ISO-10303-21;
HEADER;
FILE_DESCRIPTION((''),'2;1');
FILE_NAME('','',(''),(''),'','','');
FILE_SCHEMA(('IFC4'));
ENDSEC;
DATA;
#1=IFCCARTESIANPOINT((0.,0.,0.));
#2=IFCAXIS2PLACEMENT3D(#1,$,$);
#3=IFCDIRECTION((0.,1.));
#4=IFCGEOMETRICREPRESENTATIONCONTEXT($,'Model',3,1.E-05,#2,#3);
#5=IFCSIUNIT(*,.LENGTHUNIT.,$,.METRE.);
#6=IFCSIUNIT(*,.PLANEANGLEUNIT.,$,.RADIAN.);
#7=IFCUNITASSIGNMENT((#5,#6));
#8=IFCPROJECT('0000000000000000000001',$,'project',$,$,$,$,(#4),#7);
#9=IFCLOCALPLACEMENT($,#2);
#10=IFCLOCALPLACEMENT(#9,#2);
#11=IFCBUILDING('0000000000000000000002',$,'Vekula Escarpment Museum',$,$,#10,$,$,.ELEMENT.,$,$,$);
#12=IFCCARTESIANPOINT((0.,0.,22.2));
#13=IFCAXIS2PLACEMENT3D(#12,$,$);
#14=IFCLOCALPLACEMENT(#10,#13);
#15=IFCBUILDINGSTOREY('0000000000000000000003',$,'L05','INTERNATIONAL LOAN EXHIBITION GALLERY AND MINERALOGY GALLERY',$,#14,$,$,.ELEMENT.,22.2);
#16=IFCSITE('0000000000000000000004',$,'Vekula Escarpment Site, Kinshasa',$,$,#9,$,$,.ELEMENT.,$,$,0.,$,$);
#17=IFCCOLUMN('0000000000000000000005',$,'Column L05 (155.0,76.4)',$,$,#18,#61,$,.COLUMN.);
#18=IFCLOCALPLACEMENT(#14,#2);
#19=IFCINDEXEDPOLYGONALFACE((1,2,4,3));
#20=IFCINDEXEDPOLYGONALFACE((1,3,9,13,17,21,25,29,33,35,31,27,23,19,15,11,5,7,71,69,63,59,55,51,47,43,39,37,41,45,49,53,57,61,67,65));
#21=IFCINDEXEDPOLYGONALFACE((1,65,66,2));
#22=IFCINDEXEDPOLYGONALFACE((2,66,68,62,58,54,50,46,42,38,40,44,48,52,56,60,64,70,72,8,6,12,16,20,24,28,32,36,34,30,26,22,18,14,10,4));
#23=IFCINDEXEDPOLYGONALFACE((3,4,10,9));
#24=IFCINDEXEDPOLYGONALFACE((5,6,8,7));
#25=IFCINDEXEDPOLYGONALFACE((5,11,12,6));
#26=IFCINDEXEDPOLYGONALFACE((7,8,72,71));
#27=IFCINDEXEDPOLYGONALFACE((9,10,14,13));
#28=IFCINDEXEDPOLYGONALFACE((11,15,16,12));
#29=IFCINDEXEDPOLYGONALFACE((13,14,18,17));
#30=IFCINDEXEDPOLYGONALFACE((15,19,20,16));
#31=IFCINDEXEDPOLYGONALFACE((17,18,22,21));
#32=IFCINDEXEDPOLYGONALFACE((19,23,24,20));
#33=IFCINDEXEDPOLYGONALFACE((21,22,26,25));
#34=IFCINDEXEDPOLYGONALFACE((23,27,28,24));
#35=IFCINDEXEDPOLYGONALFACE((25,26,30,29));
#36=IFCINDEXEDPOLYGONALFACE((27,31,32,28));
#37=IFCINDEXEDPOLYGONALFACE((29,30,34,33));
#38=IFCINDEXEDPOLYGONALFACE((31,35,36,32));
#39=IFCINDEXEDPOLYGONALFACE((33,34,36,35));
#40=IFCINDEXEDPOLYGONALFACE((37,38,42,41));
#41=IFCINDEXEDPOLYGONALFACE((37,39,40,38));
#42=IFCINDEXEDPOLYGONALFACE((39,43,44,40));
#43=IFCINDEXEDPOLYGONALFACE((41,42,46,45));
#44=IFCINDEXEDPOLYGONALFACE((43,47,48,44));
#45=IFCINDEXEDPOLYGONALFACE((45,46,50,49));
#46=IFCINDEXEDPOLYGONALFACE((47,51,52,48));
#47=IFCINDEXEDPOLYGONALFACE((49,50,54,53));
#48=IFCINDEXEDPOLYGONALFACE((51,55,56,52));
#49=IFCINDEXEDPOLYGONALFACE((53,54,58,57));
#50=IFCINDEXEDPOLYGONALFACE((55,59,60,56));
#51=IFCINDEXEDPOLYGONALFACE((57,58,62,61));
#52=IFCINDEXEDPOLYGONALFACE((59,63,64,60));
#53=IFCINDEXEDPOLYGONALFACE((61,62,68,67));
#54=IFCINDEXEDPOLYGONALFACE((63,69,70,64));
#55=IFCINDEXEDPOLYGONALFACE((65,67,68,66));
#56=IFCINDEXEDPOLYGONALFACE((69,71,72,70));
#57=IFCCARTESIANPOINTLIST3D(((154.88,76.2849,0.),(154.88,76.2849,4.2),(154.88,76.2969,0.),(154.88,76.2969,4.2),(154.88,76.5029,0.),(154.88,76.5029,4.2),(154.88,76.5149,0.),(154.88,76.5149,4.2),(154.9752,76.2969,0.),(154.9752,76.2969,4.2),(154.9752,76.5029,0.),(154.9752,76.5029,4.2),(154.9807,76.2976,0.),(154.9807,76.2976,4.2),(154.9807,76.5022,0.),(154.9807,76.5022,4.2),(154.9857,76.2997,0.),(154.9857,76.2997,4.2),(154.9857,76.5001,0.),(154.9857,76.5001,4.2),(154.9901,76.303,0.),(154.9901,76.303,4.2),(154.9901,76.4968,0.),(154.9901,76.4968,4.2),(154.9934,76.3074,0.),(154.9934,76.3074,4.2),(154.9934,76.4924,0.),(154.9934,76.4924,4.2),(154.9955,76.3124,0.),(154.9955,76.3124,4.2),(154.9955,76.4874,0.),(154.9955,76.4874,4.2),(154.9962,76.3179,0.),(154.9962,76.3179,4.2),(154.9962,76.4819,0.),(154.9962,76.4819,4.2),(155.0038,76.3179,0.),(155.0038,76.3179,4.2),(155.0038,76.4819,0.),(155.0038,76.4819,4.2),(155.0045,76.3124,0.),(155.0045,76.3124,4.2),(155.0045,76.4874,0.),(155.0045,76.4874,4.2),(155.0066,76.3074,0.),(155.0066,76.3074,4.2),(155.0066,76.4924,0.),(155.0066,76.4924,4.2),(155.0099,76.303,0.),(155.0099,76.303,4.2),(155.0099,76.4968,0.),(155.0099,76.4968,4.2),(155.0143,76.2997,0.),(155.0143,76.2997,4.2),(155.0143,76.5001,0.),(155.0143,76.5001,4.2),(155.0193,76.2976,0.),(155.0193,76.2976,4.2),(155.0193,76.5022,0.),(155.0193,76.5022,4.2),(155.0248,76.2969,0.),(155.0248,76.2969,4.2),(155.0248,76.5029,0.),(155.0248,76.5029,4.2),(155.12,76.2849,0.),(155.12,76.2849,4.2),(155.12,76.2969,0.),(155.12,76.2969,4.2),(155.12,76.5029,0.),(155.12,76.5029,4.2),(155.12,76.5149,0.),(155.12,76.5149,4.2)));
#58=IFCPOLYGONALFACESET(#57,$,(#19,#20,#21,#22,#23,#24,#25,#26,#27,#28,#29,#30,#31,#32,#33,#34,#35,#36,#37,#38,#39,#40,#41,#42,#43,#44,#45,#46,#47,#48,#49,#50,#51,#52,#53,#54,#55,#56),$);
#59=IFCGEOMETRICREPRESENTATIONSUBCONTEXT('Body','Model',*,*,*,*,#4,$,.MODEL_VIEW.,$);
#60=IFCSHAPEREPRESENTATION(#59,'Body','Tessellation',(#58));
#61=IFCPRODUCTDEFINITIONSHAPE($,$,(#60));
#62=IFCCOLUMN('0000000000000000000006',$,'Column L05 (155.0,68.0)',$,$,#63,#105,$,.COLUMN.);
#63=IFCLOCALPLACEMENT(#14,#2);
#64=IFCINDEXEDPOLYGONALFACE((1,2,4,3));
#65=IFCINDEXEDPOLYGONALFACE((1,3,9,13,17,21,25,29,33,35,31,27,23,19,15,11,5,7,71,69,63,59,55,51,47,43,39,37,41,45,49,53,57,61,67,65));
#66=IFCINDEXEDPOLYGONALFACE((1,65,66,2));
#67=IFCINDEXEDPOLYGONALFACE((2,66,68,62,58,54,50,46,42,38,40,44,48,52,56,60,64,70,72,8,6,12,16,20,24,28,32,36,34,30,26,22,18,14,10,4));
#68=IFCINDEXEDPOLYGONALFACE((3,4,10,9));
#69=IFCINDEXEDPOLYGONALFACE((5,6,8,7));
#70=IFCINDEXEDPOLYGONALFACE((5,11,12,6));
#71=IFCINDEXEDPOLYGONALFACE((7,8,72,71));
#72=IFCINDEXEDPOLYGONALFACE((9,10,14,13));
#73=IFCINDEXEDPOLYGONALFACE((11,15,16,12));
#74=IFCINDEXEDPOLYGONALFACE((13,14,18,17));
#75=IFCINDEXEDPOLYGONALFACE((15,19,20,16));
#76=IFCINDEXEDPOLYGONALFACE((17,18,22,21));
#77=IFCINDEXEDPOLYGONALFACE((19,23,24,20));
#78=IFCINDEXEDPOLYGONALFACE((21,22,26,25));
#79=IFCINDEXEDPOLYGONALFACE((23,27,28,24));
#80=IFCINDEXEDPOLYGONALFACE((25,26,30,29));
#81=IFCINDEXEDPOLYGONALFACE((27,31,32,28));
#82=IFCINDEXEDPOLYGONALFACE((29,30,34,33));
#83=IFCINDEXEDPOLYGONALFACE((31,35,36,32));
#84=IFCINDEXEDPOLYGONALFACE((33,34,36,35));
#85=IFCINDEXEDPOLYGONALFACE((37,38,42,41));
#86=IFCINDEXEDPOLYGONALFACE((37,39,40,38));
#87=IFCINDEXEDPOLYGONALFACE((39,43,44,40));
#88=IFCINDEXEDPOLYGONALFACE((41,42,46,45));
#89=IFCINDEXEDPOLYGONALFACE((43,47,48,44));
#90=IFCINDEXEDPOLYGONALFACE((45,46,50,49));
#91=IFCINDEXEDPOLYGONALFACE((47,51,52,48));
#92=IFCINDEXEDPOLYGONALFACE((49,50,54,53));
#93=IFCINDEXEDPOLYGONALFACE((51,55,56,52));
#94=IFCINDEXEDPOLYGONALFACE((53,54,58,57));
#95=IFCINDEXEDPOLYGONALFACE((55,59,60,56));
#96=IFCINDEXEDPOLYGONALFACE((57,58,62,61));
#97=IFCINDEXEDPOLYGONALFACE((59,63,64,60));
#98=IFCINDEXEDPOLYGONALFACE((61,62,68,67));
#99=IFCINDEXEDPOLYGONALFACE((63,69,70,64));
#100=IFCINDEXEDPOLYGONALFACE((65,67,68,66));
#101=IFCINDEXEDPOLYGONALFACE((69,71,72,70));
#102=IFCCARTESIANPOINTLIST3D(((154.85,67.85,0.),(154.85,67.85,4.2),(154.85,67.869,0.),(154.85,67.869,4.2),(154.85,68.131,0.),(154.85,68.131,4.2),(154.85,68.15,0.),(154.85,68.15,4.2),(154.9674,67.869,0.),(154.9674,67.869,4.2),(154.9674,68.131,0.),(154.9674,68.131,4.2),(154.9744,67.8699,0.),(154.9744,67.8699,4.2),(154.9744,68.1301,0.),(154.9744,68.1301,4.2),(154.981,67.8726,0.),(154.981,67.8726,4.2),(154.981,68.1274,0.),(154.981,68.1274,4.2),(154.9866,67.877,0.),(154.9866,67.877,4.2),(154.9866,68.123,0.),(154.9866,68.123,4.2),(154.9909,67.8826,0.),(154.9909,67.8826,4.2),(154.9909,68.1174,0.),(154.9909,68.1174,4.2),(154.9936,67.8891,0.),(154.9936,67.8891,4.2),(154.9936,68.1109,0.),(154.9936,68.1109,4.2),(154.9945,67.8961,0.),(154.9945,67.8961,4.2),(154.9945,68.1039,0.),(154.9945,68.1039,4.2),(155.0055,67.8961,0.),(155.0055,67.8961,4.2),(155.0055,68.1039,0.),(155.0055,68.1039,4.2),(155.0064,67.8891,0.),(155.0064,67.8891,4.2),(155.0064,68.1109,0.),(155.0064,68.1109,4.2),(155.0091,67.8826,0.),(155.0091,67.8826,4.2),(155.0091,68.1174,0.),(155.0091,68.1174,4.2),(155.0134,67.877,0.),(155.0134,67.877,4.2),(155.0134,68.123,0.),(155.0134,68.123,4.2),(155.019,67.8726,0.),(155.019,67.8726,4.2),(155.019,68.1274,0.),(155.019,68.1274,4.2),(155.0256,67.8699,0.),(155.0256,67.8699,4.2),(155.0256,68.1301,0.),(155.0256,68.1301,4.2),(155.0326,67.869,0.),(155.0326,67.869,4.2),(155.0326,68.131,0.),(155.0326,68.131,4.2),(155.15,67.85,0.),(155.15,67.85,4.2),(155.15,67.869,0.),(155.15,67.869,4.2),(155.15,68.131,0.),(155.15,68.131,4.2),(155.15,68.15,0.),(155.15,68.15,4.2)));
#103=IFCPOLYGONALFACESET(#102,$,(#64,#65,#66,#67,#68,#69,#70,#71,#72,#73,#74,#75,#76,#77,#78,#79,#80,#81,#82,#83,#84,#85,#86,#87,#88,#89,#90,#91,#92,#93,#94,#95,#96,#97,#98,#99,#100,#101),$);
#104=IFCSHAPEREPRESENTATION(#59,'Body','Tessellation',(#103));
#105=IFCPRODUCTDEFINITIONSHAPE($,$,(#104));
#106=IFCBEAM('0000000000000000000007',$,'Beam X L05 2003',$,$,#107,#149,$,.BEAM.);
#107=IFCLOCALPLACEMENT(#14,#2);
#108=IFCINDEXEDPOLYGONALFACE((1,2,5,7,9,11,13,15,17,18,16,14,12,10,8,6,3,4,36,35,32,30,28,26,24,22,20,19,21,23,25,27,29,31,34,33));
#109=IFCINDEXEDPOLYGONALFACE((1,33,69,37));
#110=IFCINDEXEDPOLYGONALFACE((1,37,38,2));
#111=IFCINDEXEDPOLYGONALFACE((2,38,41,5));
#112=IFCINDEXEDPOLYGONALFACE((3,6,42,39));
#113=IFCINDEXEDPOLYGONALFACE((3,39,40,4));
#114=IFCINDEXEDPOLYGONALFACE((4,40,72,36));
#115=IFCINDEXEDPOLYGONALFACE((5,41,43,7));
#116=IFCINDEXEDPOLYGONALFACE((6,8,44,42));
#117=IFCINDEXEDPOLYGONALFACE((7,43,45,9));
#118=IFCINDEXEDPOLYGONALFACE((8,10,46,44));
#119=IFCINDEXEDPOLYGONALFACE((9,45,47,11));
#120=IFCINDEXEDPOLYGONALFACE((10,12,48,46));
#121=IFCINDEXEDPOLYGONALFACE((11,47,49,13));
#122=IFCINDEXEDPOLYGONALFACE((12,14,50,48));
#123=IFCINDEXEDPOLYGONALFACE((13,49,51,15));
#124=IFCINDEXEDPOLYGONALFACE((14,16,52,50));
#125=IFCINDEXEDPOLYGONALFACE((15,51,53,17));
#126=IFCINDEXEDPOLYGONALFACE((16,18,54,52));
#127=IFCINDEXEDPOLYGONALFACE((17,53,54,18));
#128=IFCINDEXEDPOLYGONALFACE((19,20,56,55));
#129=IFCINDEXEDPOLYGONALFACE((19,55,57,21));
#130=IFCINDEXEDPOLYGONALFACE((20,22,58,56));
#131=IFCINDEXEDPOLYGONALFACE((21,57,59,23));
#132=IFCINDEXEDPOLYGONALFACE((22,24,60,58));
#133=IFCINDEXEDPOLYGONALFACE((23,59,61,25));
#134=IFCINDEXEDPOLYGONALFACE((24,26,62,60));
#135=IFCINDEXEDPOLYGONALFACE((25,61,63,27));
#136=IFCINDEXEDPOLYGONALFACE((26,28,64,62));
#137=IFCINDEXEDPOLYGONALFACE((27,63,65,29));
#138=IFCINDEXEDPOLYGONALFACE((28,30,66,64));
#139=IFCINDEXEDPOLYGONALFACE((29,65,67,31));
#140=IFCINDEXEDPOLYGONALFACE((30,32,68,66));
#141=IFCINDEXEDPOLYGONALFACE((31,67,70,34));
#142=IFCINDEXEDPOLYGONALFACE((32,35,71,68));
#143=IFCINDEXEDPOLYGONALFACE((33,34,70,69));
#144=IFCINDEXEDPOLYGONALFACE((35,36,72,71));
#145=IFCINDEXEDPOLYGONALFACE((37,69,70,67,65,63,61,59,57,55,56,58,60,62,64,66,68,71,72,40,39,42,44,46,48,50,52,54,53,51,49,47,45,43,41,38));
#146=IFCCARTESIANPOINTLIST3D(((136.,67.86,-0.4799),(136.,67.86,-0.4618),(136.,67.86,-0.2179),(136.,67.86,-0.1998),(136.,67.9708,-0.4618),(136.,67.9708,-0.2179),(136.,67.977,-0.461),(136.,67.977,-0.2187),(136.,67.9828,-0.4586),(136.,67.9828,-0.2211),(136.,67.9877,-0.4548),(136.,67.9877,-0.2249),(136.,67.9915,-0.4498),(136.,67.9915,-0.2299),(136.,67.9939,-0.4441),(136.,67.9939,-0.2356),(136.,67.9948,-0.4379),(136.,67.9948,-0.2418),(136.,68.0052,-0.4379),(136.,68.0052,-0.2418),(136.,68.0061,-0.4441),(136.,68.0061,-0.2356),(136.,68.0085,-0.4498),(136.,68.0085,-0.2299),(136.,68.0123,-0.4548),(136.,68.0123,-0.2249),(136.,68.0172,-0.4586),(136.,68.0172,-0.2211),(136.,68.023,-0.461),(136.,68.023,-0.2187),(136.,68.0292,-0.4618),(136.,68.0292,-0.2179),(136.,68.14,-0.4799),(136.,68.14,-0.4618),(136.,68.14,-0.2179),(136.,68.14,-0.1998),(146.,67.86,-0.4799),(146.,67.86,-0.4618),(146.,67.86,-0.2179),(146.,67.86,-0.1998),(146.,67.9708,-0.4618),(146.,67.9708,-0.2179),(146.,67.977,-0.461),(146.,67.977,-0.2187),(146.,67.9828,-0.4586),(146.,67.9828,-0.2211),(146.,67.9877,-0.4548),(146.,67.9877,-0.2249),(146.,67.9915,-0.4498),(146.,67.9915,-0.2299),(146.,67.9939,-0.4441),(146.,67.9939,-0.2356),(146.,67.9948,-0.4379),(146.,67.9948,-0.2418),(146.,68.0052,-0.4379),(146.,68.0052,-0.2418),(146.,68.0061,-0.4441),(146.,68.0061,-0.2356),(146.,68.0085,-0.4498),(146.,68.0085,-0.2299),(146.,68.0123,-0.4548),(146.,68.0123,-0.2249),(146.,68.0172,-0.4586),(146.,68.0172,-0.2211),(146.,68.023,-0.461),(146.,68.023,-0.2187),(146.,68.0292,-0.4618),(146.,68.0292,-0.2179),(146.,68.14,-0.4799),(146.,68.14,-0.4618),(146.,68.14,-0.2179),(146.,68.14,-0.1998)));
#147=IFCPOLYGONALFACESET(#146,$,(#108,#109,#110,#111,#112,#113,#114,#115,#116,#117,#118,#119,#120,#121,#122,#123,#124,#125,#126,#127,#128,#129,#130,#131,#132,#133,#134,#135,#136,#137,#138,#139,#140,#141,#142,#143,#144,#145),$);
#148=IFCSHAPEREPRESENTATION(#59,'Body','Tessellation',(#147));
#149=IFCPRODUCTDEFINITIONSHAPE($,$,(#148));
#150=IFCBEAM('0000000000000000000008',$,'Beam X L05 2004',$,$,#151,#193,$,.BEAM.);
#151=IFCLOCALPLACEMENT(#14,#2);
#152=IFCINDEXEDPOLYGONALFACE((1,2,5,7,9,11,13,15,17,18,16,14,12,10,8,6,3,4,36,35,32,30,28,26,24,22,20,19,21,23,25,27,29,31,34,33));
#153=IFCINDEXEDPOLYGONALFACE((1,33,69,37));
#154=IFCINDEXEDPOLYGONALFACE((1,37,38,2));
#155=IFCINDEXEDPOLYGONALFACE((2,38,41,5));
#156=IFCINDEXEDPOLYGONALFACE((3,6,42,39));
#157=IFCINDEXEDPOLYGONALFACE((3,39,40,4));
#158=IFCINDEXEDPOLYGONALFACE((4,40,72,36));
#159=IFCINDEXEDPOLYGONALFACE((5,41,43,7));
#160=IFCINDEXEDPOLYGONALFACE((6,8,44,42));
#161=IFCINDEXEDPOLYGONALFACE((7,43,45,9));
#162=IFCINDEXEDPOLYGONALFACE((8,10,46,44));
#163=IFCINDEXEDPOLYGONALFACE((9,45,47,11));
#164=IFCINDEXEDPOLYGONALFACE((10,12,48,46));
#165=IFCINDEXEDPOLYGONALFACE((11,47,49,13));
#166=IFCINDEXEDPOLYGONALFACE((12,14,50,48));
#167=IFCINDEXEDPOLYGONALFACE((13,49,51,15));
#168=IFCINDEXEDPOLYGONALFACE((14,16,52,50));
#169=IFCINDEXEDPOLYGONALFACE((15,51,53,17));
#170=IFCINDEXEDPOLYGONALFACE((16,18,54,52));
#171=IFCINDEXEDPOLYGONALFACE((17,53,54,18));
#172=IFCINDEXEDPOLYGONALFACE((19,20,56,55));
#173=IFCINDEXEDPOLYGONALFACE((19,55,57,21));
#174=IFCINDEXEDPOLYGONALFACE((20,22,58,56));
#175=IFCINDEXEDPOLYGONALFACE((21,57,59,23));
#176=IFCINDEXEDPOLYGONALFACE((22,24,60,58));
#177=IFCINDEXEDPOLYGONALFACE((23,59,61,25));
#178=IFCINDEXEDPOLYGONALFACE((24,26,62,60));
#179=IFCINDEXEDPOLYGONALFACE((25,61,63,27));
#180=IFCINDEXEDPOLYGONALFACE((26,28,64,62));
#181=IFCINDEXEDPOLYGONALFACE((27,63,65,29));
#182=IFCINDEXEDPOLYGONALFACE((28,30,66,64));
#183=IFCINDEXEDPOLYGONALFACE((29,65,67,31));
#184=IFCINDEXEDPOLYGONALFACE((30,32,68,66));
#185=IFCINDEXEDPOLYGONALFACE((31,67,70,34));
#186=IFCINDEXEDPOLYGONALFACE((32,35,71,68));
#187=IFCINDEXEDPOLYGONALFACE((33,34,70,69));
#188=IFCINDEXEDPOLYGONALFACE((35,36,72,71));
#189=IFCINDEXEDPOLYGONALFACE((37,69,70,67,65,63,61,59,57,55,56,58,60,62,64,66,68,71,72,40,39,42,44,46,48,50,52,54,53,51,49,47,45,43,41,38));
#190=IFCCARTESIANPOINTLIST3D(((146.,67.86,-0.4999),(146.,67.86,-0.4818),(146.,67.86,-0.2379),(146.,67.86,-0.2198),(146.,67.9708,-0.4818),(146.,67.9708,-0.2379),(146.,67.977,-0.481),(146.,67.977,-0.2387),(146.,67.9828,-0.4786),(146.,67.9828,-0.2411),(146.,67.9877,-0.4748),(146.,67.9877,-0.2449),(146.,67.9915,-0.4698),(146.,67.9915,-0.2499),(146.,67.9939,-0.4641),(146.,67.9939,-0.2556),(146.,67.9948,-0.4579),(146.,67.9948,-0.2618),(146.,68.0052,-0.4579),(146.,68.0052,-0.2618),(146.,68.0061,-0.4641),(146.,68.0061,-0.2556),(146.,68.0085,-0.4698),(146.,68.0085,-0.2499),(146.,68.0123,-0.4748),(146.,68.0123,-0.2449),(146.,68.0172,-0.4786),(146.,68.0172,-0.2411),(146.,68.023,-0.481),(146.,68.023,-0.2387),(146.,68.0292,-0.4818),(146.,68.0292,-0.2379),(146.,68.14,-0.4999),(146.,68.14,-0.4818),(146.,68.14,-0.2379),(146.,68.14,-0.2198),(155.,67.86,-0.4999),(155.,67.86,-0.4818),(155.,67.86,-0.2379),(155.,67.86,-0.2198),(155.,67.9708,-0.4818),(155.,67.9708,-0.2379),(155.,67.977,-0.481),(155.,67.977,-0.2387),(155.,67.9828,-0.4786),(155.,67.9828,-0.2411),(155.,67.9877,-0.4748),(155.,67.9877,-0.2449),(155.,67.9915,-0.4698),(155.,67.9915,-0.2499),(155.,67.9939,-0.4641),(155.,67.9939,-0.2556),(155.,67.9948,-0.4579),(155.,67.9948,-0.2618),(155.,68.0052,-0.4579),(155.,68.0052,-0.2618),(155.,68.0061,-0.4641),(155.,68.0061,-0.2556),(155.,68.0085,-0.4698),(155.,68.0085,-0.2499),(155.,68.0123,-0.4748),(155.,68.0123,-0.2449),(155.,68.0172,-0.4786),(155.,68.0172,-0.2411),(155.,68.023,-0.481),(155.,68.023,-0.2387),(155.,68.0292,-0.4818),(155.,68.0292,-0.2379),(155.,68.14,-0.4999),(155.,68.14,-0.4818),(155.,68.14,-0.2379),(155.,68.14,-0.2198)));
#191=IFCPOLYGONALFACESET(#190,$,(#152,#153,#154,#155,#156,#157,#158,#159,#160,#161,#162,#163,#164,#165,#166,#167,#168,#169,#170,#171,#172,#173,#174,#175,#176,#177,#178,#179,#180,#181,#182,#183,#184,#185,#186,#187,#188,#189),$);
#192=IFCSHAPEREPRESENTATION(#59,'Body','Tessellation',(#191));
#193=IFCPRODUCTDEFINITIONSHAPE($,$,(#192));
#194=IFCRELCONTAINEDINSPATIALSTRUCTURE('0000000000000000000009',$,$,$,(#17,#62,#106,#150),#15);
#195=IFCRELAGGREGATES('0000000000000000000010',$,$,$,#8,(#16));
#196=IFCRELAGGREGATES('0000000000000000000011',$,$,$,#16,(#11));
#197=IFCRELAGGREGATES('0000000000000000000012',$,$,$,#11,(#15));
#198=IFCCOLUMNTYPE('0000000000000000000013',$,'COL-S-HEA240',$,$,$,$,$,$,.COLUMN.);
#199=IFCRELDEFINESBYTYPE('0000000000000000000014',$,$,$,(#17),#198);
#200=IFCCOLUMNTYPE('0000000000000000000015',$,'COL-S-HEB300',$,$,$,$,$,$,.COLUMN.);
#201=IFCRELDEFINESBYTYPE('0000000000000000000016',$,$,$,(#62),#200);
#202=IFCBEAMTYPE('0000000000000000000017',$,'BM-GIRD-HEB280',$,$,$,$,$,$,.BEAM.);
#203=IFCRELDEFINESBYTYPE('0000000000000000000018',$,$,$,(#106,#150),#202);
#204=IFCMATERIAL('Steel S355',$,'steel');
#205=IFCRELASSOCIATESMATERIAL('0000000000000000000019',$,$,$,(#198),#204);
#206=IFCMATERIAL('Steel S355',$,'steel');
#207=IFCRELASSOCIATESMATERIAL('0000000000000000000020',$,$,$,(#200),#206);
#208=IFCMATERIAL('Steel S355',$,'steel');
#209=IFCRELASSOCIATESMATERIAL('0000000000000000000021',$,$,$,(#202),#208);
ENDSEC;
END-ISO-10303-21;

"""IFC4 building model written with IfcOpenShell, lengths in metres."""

from ifc_helpers import new_model, si_unit, direction, frame, origin, origin_2d, place, context, subcontext, project, spatial, i_section, extrude, material, material_profile, profile_set, type_object, element, save


model = new_model("IFC4")

# Units and contexts
model_context = context("Model", 3, precision=1e-05, world=origin(), true_north=direction((0.0, 1.0)))
body_context = subcontext(model_context, "Body", "Model", "MODEL_VIEW")
ifc_project = project(units=[si_unit("LENGTHUNIT", "METRE"), si_unit("PLANEANGLEUNIT", "RADIAN")], contexts=[model_context])

# Site, building, storey
site_placement = place(None, origin())
site = spatial("IfcSite", under=ifc_project, at=site_placement, Name="Vekula Escarpment Site, Kinshasa", CompositionType="ELEMENT", RefElevation=0.0)
building_placement = place(site_placement, origin())
building = spatial("IfcBuilding", under=site, at=building_placement, Name="Vekula Escarpment Museum", CompositionType="ELEMENT")
storey_placement = place(building_placement, frame((0.0, 0.0, 22.2)))
storey = spatial("IfcBuildingStorey", under=building, at=storey_placement, Name="L05", Description="INTERNATIONAL LOAN EXHIBITION GALLERY AND MINERALOGY GALLERY", CompositionType="ELEMENT", Elevation=22.2)

# Columns
ifc_material_1 = material(Name="Steel S355", Category="steel")
ifc_material_profile_1 = material_profile(ifc_material_1, i_section(OverallWidth=0.24, OverallDepth=0.23, WebThickness=0.0076, FlangeThickness=0.012, FilletRadius=0.021, at=origin_2d()), Name="HEA 240")
ifc_profile_set_1 = profile_set([ifc_material_profile_1], Name="Steel S355")
column_type_1 = type_object("IfcColumnType", Name="COL-S-HEA240", PredefinedType="COLUMN", material=ifc_profile_set_1)
column_1_placement = place(storey_placement, frame((155.0, 76.3999, 0.0), z_axis=(0.0, 0.0, 1.0), x_axis=(1.0, 0.0, 0.0)))
element("IfcColumn", 1, at=column_1_placement, inside=storey, type_object=column_type_1, Name="Column L05 (155.0,76.4)", PredefinedType="COLUMN", context=body_context, shape_type="SweptSolid", body=[
    extrude(i_section(OverallWidth=0.24, OverallDepth=0.23, WebThickness=0.0076, FlangeThickness=0.012, FilletRadius=0.021, at=origin_2d()), origin(), (0.0, 0.0, 1.0), 4.2),
])
ifc_material_2 = material(Name="Steel S355", Category="steel")
ifc_material_profile_2 = material_profile(ifc_material_2, i_section(OverallWidth=0.3, OverallDepth=0.3, WebThickness=0.011, FlangeThickness=0.019, FilletRadius=0.0271, at=origin_2d()), Name="HEB 300")
ifc_profile_set_2 = profile_set([ifc_material_profile_2], Name="Steel S355")
column_type_2 = type_object("IfcColumnType", Name="COL-S-HEB300", PredefinedType="COLUMN", material=ifc_profile_set_2)
column_2_placement = place(storey_placement, frame((155.0, 68.0, 0.0), z_axis=(0.0, 0.0, 1.0), x_axis=(1.0, 0.0, 0.0)))
element("IfcColumn", 2, at=column_2_placement, inside=storey, type_object=column_type_2, Name="Column L05 (155.0,68.0)", PredefinedType="COLUMN", context=body_context, shape_type="SweptSolid", body=[
    extrude(i_section(OverallWidth=0.3, OverallDepth=0.3, WebThickness=0.011, FlangeThickness=0.019, FilletRadius=0.0271, at=origin_2d()), origin(), (0.0, 0.0, 1.0), 4.2),
])

# Beams
ifc_material_3 = material(Name="Steel S355", Category="steel")
ifc_material_profile_3 = material_profile(ifc_material_3, i_section(OverallWidth=0.28, OverallDepth=0.28, WebThickness=0.0105, FlangeThickness=0.0181, FilletRadius=0.0239, at=origin_2d()), Name="HEB 280")
ifc_profile_set_3 = profile_set([ifc_material_profile_3], Name="Steel S355")
beam_type_1 = type_object("IfcBeamType", Name="BM-GIRD-HEB280", PredefinedType="BEAM", material=ifc_profile_set_3)
beam_1_placement = place(storey_placement, frame((136.0, 68.0, -0.3398), z_axis=(1.0, 0.0, 0.0), x_axis=(0.0, 1.0, 0.0)))
element("IfcBeam", 3, at=beam_1_placement, inside=storey, type_object=beam_type_1, Name="Beam X L05 2003", PredefinedType="BEAM", context=body_context, shape_type="SweptSolid", body=[
    extrude(i_section(OverallWidth=0.28, OverallDepth=0.28, WebThickness=0.0105, FlangeThickness=0.0181, FilletRadius=0.0239, at=origin_2d()), origin(), (0.0, 0.0, 1.0), 10.0),
])
beam_2_placement = place(storey_placement, frame((146.0, 68.0, -0.3599), z_axis=(1.0, 0.0, 0.0), x_axis=(0.0, 1.0, 0.0)))
element("IfcBeam", 4, at=beam_2_placement, inside=storey, type_object=beam_type_1, Name="Beam X L05 2004", PredefinedType="BEAM", context=body_context, shape_type="SweptSolid", body=[
    extrude(i_section(OverallWidth=0.28, OverallDepth=0.28, WebThickness=0.0105, FlangeThickness=0.0181, FilletRadius=0.0239, at=origin_2d()), origin(), (0.0, 0.0, 1.0), 9.0),
])

save(model, "model.ifc")
